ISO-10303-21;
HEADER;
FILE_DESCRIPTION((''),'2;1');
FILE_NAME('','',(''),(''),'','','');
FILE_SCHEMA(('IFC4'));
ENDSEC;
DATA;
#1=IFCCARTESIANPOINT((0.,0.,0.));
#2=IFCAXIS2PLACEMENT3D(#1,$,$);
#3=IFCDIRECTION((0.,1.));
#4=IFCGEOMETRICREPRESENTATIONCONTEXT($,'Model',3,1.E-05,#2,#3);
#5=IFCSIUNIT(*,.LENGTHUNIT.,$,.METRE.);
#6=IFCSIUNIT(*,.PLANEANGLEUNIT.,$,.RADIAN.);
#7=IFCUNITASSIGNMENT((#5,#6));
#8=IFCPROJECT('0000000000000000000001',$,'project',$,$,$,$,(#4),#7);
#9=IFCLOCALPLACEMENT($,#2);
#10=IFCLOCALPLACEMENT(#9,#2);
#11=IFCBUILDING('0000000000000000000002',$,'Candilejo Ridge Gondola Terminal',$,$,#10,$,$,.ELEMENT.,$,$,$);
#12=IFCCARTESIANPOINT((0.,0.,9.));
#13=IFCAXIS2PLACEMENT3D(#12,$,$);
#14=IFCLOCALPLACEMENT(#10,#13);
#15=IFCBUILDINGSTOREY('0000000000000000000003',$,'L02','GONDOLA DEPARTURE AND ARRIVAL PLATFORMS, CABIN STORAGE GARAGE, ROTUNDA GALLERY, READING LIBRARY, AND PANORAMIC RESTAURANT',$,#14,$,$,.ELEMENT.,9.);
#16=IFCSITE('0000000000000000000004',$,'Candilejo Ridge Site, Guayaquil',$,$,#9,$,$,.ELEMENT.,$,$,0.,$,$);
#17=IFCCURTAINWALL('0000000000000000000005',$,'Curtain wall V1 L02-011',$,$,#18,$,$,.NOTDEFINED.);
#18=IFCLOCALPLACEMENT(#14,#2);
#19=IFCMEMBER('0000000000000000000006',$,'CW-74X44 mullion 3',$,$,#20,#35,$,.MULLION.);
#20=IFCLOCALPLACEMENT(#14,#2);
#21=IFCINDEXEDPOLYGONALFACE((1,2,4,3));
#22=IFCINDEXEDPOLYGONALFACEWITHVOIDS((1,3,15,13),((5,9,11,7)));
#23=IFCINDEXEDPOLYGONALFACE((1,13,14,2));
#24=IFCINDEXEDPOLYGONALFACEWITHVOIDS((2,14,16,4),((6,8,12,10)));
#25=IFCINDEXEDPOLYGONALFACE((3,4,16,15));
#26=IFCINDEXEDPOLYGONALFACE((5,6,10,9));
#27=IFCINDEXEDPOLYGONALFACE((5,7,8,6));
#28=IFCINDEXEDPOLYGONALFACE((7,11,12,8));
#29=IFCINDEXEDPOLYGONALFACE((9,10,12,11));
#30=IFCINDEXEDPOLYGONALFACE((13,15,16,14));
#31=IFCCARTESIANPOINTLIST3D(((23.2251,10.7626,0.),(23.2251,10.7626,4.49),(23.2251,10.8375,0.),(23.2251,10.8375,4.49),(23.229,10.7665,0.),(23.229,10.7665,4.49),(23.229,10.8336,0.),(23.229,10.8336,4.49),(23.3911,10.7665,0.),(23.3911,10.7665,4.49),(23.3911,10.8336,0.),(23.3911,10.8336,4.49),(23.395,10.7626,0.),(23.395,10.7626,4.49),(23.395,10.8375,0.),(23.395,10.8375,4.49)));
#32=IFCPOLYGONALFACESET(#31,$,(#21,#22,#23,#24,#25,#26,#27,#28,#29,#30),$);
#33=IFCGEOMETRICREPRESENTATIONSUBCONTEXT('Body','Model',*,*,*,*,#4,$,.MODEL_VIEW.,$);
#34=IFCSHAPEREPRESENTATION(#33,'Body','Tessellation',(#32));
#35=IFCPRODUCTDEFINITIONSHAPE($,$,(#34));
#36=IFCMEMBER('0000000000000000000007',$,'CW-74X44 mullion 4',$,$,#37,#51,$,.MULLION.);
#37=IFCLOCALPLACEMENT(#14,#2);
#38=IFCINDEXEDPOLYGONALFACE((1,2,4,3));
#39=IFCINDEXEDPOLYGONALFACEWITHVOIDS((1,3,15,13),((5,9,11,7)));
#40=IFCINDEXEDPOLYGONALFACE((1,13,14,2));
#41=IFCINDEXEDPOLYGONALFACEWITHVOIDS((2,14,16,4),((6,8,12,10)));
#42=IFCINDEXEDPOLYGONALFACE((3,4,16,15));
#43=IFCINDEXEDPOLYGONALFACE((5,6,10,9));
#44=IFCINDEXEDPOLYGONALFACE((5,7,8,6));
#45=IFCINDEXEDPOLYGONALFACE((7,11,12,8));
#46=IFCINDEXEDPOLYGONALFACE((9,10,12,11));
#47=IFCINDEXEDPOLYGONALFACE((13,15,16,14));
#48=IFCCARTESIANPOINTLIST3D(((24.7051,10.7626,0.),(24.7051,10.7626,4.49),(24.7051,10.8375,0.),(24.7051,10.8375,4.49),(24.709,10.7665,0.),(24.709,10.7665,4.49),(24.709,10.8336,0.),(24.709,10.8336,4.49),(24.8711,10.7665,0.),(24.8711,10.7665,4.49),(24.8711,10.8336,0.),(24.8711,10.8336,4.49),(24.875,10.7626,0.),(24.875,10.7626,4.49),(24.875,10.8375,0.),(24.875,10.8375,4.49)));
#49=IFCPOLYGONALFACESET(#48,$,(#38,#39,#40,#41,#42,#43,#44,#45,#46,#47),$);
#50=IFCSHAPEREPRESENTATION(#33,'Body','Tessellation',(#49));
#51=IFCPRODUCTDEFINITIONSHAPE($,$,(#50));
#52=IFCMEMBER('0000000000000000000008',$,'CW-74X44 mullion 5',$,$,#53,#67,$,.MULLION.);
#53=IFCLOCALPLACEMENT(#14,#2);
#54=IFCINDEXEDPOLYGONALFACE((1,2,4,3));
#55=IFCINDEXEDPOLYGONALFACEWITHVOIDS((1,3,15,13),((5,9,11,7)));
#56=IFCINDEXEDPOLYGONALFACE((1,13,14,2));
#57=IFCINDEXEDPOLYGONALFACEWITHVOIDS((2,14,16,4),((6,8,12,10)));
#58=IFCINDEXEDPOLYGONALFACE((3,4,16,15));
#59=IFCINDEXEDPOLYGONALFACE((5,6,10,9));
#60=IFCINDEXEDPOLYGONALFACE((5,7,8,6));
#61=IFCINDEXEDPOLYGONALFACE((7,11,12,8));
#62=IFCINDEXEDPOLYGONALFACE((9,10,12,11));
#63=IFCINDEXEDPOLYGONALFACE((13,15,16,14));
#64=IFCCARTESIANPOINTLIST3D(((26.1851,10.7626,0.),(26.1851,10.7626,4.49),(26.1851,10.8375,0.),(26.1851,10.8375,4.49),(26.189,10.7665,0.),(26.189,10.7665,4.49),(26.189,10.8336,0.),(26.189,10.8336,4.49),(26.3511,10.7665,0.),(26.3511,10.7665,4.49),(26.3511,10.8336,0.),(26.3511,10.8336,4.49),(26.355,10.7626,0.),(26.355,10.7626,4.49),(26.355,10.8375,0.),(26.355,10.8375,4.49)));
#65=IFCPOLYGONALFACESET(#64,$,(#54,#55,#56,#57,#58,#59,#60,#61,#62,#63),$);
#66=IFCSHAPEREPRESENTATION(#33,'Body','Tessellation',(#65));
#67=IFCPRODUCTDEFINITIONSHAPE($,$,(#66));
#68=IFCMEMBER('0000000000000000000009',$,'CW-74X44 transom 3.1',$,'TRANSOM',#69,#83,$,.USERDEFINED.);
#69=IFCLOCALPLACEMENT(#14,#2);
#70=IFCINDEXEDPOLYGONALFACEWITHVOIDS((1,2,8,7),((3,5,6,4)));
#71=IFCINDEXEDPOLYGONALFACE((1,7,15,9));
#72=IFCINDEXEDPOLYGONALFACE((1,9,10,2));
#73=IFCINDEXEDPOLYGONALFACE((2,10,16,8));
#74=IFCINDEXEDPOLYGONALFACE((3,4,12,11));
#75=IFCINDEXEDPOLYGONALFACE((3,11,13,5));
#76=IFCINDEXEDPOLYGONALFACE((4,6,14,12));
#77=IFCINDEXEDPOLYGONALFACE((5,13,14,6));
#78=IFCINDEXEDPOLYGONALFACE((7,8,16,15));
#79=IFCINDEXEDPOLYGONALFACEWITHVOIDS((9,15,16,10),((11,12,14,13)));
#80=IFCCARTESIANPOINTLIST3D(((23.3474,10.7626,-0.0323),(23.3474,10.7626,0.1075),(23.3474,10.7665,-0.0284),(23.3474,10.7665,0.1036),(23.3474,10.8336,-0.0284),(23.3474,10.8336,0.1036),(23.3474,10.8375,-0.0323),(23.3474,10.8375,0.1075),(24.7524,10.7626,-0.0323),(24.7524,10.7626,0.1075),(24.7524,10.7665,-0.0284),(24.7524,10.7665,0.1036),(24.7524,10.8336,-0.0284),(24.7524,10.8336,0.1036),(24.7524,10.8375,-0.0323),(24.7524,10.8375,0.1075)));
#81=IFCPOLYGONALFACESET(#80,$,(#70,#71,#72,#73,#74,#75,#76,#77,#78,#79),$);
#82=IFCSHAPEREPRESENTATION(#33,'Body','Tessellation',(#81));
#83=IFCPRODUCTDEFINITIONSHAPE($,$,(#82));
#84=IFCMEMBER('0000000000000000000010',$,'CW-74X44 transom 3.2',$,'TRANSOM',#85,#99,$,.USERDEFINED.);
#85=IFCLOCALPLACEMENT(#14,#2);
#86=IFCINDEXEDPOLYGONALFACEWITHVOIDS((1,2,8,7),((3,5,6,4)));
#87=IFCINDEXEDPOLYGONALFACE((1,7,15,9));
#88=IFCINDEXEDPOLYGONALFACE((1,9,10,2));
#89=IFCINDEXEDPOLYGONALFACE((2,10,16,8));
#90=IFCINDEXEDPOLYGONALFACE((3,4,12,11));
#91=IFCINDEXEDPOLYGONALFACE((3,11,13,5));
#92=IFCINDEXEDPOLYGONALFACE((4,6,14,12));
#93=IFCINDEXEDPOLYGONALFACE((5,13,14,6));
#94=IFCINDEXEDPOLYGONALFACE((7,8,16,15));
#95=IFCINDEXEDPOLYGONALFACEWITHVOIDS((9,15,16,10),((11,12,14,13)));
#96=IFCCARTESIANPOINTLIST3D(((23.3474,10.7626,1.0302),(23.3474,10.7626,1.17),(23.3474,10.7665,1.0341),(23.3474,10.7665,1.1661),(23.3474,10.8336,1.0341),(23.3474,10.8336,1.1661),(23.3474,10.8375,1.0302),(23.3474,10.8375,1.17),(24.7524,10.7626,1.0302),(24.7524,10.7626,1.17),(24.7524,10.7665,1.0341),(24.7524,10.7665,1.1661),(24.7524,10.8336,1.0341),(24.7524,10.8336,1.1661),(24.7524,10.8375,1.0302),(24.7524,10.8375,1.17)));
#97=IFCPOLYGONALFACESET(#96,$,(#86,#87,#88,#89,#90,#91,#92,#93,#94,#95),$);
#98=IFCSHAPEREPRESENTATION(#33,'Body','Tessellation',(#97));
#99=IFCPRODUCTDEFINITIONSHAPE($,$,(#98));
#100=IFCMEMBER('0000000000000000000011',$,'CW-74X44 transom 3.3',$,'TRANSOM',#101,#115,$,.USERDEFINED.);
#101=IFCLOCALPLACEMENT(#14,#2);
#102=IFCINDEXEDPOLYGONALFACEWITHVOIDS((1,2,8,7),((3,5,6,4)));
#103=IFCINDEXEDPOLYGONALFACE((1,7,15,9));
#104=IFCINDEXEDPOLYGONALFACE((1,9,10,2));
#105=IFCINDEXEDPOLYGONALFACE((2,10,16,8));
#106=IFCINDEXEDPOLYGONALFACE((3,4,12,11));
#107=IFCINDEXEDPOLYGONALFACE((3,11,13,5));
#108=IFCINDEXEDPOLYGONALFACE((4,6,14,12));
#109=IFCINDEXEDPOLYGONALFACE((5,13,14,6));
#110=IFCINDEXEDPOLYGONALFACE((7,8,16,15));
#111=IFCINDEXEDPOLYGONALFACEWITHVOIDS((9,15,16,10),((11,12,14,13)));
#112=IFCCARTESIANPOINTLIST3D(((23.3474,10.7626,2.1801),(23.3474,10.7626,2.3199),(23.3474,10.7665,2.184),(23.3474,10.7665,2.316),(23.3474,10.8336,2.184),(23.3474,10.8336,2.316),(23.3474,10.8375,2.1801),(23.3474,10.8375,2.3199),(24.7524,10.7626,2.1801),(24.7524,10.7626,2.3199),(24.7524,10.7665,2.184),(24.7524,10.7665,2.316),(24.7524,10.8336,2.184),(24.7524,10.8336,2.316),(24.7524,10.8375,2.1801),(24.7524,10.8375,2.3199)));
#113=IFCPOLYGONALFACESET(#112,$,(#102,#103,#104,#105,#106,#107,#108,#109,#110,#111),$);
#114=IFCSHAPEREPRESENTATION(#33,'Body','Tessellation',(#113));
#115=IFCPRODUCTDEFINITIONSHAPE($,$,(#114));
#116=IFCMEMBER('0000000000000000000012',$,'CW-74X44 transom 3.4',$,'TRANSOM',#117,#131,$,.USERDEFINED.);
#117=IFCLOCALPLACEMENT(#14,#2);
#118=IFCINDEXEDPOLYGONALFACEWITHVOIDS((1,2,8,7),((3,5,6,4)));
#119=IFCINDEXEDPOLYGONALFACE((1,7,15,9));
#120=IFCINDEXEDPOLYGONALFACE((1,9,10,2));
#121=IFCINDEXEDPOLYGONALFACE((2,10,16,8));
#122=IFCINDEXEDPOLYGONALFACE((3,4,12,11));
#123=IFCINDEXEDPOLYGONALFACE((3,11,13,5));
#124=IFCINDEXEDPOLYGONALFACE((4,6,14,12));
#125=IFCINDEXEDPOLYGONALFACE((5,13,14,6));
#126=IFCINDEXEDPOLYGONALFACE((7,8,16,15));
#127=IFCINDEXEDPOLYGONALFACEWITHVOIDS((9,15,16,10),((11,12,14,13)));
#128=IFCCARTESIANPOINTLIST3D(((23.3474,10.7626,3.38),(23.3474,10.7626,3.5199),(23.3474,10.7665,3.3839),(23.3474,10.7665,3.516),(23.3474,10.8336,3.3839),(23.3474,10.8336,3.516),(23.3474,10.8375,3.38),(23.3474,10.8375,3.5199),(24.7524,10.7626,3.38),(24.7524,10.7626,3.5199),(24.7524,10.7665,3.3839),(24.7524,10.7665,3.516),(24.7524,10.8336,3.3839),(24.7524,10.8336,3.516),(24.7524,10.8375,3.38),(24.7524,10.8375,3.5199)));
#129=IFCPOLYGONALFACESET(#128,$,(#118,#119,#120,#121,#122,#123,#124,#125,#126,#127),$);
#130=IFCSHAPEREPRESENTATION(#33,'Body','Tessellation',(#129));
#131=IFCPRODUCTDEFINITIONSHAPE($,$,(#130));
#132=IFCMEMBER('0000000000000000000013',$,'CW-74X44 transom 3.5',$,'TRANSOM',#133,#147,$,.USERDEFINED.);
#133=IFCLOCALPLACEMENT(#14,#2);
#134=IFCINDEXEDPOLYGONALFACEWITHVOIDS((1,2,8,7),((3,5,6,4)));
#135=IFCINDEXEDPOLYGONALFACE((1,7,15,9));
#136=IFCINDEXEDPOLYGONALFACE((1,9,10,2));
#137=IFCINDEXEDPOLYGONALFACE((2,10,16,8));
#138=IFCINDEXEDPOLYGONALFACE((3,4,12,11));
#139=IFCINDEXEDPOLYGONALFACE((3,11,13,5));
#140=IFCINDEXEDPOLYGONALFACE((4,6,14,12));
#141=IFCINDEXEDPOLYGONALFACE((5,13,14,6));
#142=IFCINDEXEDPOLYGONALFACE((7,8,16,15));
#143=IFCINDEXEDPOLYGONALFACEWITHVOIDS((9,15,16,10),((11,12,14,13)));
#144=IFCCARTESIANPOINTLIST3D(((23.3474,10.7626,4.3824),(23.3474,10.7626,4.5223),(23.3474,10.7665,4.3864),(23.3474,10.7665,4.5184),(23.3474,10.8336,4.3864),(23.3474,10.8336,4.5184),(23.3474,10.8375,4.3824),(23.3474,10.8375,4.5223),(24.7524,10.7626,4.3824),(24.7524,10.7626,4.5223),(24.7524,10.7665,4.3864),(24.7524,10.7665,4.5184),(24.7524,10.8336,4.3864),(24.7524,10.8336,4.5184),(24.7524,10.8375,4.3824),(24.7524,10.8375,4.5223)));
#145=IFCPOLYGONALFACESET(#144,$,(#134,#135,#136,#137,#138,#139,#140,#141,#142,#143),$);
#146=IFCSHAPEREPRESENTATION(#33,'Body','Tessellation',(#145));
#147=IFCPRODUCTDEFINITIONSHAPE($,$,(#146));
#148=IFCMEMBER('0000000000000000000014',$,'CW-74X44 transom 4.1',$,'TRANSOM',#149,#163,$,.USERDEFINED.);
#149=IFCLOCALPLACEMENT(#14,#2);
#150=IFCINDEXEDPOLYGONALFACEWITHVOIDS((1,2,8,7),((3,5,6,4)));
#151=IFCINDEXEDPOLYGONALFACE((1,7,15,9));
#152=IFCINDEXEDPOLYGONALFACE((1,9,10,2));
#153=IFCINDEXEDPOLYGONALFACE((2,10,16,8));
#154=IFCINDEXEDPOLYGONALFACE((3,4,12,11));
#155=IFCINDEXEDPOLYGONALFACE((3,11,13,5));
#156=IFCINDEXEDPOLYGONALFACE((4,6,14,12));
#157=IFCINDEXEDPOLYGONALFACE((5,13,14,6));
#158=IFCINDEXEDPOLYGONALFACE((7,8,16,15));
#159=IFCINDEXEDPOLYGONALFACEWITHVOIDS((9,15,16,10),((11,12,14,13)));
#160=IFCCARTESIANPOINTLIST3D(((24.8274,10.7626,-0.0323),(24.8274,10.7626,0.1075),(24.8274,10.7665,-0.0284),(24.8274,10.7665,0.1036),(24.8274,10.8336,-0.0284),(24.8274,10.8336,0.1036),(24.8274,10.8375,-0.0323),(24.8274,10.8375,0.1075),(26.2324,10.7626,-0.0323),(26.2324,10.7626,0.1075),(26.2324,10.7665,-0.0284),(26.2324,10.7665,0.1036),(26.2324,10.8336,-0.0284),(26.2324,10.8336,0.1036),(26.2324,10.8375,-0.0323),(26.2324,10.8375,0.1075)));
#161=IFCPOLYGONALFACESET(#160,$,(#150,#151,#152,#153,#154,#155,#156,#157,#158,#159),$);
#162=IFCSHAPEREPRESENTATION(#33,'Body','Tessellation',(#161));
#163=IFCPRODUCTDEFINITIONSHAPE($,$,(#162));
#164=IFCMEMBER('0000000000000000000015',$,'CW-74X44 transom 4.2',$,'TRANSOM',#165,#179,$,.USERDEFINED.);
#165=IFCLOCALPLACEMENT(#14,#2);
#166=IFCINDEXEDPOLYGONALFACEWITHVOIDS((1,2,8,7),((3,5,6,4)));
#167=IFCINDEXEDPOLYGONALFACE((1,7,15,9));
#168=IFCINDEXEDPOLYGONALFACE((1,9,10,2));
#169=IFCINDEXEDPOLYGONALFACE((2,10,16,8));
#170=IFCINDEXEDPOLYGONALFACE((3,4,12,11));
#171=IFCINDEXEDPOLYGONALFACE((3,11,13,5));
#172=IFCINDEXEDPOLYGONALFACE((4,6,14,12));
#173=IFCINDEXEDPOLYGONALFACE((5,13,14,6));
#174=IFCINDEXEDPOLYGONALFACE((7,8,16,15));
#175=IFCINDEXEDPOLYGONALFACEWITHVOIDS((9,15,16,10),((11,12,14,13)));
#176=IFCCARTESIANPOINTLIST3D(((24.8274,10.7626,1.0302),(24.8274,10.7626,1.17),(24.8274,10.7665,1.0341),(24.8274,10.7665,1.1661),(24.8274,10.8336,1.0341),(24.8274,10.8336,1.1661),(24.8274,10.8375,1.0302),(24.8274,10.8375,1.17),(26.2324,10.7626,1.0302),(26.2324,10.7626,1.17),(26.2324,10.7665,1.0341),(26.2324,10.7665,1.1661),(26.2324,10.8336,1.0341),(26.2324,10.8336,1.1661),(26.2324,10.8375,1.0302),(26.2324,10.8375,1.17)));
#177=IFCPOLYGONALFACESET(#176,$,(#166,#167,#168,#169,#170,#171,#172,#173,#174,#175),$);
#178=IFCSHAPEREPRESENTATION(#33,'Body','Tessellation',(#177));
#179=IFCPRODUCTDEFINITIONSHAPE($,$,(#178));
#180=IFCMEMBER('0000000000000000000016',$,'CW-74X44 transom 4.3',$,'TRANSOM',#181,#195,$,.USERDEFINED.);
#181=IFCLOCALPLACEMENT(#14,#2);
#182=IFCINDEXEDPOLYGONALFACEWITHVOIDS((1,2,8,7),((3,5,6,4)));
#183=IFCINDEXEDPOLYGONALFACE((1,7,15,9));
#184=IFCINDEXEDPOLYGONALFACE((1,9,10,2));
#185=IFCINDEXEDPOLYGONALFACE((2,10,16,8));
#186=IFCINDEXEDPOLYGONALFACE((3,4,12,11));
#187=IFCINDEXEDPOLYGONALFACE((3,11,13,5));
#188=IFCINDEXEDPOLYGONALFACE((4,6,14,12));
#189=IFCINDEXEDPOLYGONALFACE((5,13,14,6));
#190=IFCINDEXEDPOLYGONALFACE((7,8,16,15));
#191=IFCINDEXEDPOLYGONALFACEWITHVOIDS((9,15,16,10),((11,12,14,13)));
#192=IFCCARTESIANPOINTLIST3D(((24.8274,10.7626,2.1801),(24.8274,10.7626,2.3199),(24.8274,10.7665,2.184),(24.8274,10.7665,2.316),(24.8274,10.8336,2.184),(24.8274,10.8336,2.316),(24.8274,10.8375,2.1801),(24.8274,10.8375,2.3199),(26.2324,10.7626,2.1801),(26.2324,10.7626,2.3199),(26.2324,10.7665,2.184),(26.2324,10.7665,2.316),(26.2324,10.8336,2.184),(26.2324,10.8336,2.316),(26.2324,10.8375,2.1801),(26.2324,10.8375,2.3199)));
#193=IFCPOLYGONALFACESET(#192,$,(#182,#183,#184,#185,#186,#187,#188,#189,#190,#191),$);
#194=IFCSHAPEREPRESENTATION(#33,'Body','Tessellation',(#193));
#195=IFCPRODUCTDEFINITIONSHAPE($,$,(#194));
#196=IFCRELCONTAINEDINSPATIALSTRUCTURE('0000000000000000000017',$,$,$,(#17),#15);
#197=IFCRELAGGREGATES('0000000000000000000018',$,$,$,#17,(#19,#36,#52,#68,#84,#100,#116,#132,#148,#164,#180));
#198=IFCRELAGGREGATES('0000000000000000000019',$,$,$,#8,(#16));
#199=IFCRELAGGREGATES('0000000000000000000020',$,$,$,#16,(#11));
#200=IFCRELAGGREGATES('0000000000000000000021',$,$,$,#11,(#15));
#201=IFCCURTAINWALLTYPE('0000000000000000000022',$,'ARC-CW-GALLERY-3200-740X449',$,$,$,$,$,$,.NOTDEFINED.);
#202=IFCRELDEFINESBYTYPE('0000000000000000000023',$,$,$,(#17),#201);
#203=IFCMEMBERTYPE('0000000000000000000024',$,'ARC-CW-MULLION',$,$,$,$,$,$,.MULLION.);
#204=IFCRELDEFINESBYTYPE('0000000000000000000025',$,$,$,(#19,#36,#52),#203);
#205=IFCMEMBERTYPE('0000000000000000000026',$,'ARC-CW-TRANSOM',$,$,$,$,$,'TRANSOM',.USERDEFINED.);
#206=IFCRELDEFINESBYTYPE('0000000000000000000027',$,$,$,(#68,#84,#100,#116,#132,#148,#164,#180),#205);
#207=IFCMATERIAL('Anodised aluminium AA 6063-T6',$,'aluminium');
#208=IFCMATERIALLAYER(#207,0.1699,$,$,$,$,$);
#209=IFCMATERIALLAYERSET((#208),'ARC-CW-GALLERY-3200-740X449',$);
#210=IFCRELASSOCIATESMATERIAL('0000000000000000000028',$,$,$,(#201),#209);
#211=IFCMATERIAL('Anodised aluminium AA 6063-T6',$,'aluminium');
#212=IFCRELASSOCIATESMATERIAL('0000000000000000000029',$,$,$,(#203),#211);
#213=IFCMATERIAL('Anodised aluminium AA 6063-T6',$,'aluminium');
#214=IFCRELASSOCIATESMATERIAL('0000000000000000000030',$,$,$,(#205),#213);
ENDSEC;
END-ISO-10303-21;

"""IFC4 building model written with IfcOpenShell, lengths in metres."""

from ifc_helpers import new_model, si_unit, direction, frame, origin, origin_2d, place, context, subcontext, project, spatial, hollow_rectangle, extrude, material, layer, layer_set, material_profile, profile_set, type_object, element, aggregate, save


model = new_model("IFC4")

# Units and contexts
model_context = context("Model", 3, precision=1e-05, world=origin(), true_north=direction((0.0, 1.0)))
body_context = subcontext(model_context, "Body", "Model", "MODEL_VIEW")
ifc_project = project(units=[si_unit("LENGTHUNIT", "METRE"), si_unit("PLANEANGLEUNIT", "RADIAN")], contexts=[model_context])

# Site, building, storey
site_placement = place(None, origin())
site = spatial("IfcSite", under=ifc_project, at=site_placement, Name="Candilejo Ridge Site, Guayaquil", CompositionType="ELEMENT", RefElevation=0.0)
building_placement = place(site_placement, origin())
building = spatial("IfcBuilding", under=site, at=building_placement, Name="Candilejo Ridge Gondola Terminal", CompositionType="ELEMENT")
storey_placement = place(building_placement, frame((0.0, 0.0, 9.0)))
storey = spatial("IfcBuildingStorey", under=building, at=storey_placement, Name="L02", Description="GONDOLA DEPARTURE AND ARRIVAL PLATFORMS, CABIN STORAGE GARAGE, ROTUNDA GALLERY, READING LIBRARY, AND PANORAMIC RESTAURANT", CompositionType="ELEMENT", Elevation=9.0)

# Curtain wall, members
ifc_material_1 = material(Name="Anodised aluminium AA 6063-T6", Category="aluminium")
ifc_layer_1 = layer(ifc_material_1, 0.1699)
ifc_layer_set_1 = layer_set([ifc_layer_1], Name="ARC-CW-GALLERY-3200-740X449")
curtain_wall_type = type_object("IfcCurtainWallType", Name="ARC-CW-GALLERY-3200-740X449", PredefinedType="NOTDEFINED", material=ifc_layer_set_1)
curtain_wall_placement = place(storey_placement, origin())
curtain_wall = element("IfcCurtainWall", 1, at=curtain_wall_placement, inside=storey, type_object=curtain_wall_type, Name="Curtain wall V1 L02-011", PredefinedType="NOTDEFINED")
ifc_material_2 = material(Name="Anodised aluminium AA 6063-T6", Category="aluminium")
ifc_material_profile_1 = material_profile(ifc_material_2, hollow_rectangle(XDim=0.075, YDim=0.1699, WallThickness=0.0039, at=origin_2d()))
ifc_profile_set_1 = profile_set([ifc_material_profile_1], Name="Anodised aluminium AA 6063-T6")
member_type_1 = type_object("IfcMemberType", Name="ARC-CW-MULLION", PredefinedType="MULLION", material=ifc_profile_set_1)
member_1_placement = place(storey_placement, frame((23.3101, 10.8, 0.0), z_axis=(0.0, 0.0, 1.0), x_axis=(0.0, 1.0, 0.0)))
member_1 = element("IfcMember", 2, at=member_1_placement, type_object=member_type_1, Name="CW-74X44 mullion 3", PredefinedType="MULLION", context=body_context, shape_type="SweptSolid", body=[
    extrude(hollow_rectangle(XDim=0.075, YDim=0.1699, WallThickness=0.0039, at=origin_2d()), origin(), (0.0, 0.0, 1.0), 4.49),
])
member_2_placement = place(storey_placement, frame((24.79, 10.8, 0.0), z_axis=(0.0, 0.0, 1.0), x_axis=(0.0, 1.0, 0.0)))
member_2 = element("IfcMember", 3, at=member_2_placement, type_object=member_type_1, Name="CW-74X44 mullion 4", PredefinedType="MULLION", context=body_context, shape_type="SweptSolid", body=[
    extrude(hollow_rectangle(XDim=0.075, YDim=0.1699, WallThickness=0.0039, at=origin_2d()), origin(), (0.0, 0.0, 1.0), 4.49),
])
member_3_placement = place(storey_placement, frame((26.27, 10.8, 0.0), z_axis=(0.0, 0.0, 1.0), x_axis=(0.0, 1.0, 0.0)))
member_3 = element("IfcMember", 4, at=member_3_placement, type_object=member_type_1, Name="CW-74X44 mullion 5", PredefinedType="MULLION", context=body_context, shape_type="SweptSolid", body=[
    extrude(hollow_rectangle(XDim=0.075, YDim=0.1699, WallThickness=0.0039, at=origin_2d()), origin(), (0.0, 0.0, 1.0), 4.49),
])
ifc_material_3 = material(Name="Anodised aluminium AA 6063-T6", Category="aluminium")
ifc_material_profile_2 = material_profile(ifc_material_3, hollow_rectangle(XDim=0.075, YDim=0.1399, WallThickness=0.0039, at=origin_2d()))
ifc_profile_set_2 = profile_set([ifc_material_profile_2], Name="Anodised aluminium AA 6063-T6")
member_type_2 = type_object("IfcMemberType", Name="ARC-CW-TRANSOM", ElementType="TRANSOM", PredefinedType="USERDEFINED", material=ifc_profile_set_2)
member_4_placement = place(storey_placement, frame((23.3474, 10.8, 0.0376), z_axis=(1.0, 0.0, 0.0), x_axis=(0.0, 1.0, 0.0)))
member_4 = element("IfcMember", 5, at=member_4_placement, type_object=member_type_2, Name="CW-74X44 transom 3.1", ObjectType="TRANSOM", PredefinedType="USERDEFINED", context=body_context, shape_type="SweptSolid", body=[
    extrude(hollow_rectangle(XDim=0.075, YDim=0.1399, WallThickness=0.0039, at=origin_2d()), origin(), (0.0, 0.0, 1.0), 1.405),
])
member_5_placement = place(storey_placement, frame((23.3474, 10.8, 1.1001), z_axis=(1.0, 0.0, 0.0), x_axis=(0.0, 1.0, 0.0)))
member_5 = element("IfcMember", 6, at=member_5_placement, type_object=member_type_2, Name="CW-74X44 transom 3.2", ObjectType="TRANSOM", PredefinedType="USERDEFINED", context=body_context, shape_type="SweptSolid", body=[
    extrude(hollow_rectangle(XDim=0.075, YDim=0.1399, WallThickness=0.0039, at=origin_2d()), origin(), (0.0, 0.0, 1.0), 1.405),
])
member_6_placement = place(storey_placement, frame((23.3474, 10.8, 2.25), z_axis=(1.0, 0.0, 0.0), x_axis=(0.0, 1.0, 0.0)))
member_6 = element("IfcMember", 7, at=member_6_placement, type_object=member_type_2, Name="CW-74X44 transom 3.3", ObjectType="TRANSOM", PredefinedType="USERDEFINED", context=body_context, shape_type="SweptSolid", body=[
    extrude(hollow_rectangle(XDim=0.075, YDim=0.1399, WallThickness=0.0039, at=origin_2d()), origin(), (0.0, 0.0, 1.0), 1.405),
])
member_7_placement = place(storey_placement, frame((23.3474, 10.8, 3.45), z_axis=(1.0, 0.0, 0.0), x_axis=(0.0, 1.0, 0.0)))
member_7 = element("IfcMember", 8, at=member_7_placement, type_object=member_type_2, Name="CW-74X44 transom 3.4", ObjectType="TRANSOM", PredefinedType="USERDEFINED", context=body_context, shape_type="SweptSolid", body=[
    extrude(hollow_rectangle(XDim=0.075, YDim=0.1399, WallThickness=0.0039, at=origin_2d()), origin(), (0.0, 0.0, 1.0), 1.405),
])
member_8_placement = place(storey_placement, frame((23.3474, 10.8, 4.4524), z_axis=(1.0, 0.0, 0.0), x_axis=(0.0, 1.0, 0.0)))
member_8 = element("IfcMember", 9, at=member_8_placement, type_object=member_type_2, Name="CW-74X44 transom 3.5", ObjectType="TRANSOM", PredefinedType="USERDEFINED", context=body_context, shape_type="SweptSolid", body=[
    extrude(hollow_rectangle(XDim=0.075, YDim=0.1399, WallThickness=0.0039, at=origin_2d()), origin(), (0.0, 0.0, 1.0), 1.405),
])
member_9_placement = place(storey_placement, frame((24.8274, 10.8, 0.0376), z_axis=(1.0, 0.0, 0.0), x_axis=(0.0, 1.0, 0.0)))
member_9 = element("IfcMember", 10, at=member_9_placement, type_object=member_type_2, Name="CW-74X44 transom 4.1", ObjectType="TRANSOM", PredefinedType="USERDEFINED", context=body_context, shape_type="SweptSolid", body=[
    extrude(hollow_rectangle(XDim=0.075, YDim=0.1399, WallThickness=0.0039, at=origin_2d()), origin(), (0.0, 0.0, 1.0), 1.405),
])
member_10_placement = place(storey_placement, frame((24.8274, 10.8, 1.1001), z_axis=(1.0, 0.0, 0.0), x_axis=(0.0, 1.0, 0.0)))
member_10 = element("IfcMember", 11, at=member_10_placement, type_object=member_type_2, Name="CW-74X44 transom 4.2", ObjectType="TRANSOM", PredefinedType="USERDEFINED", context=body_context, shape_type="SweptSolid", body=[
    extrude(hollow_rectangle(XDim=0.075, YDim=0.1399, WallThickness=0.0039, at=origin_2d()), origin(), (0.0, 0.0, 1.0), 1.405),
])
member_11_placement = place(storey_placement, frame((24.8274, 10.8, 2.25), z_axis=(1.0, 0.0, 0.0), x_axis=(0.0, 1.0, 0.0)))
member_11 = element("IfcMember", 12, at=member_11_placement, type_object=member_type_2, Name="CW-74X44 transom 4.3", ObjectType="TRANSOM", PredefinedType="USERDEFINED", context=body_context, shape_type="SweptSolid", body=[
    extrude(hollow_rectangle(XDim=0.075, YDim=0.1399, WallThickness=0.0039, at=origin_2d()), origin(), (0.0, 0.0, 1.0), 1.405),
])
aggregate(curtain_wall, [member_1, member_2, member_3, member_4, member_5, member_6, member_7, member_8, member_9, member_10, member_11])

save(model, "model.ifc")
